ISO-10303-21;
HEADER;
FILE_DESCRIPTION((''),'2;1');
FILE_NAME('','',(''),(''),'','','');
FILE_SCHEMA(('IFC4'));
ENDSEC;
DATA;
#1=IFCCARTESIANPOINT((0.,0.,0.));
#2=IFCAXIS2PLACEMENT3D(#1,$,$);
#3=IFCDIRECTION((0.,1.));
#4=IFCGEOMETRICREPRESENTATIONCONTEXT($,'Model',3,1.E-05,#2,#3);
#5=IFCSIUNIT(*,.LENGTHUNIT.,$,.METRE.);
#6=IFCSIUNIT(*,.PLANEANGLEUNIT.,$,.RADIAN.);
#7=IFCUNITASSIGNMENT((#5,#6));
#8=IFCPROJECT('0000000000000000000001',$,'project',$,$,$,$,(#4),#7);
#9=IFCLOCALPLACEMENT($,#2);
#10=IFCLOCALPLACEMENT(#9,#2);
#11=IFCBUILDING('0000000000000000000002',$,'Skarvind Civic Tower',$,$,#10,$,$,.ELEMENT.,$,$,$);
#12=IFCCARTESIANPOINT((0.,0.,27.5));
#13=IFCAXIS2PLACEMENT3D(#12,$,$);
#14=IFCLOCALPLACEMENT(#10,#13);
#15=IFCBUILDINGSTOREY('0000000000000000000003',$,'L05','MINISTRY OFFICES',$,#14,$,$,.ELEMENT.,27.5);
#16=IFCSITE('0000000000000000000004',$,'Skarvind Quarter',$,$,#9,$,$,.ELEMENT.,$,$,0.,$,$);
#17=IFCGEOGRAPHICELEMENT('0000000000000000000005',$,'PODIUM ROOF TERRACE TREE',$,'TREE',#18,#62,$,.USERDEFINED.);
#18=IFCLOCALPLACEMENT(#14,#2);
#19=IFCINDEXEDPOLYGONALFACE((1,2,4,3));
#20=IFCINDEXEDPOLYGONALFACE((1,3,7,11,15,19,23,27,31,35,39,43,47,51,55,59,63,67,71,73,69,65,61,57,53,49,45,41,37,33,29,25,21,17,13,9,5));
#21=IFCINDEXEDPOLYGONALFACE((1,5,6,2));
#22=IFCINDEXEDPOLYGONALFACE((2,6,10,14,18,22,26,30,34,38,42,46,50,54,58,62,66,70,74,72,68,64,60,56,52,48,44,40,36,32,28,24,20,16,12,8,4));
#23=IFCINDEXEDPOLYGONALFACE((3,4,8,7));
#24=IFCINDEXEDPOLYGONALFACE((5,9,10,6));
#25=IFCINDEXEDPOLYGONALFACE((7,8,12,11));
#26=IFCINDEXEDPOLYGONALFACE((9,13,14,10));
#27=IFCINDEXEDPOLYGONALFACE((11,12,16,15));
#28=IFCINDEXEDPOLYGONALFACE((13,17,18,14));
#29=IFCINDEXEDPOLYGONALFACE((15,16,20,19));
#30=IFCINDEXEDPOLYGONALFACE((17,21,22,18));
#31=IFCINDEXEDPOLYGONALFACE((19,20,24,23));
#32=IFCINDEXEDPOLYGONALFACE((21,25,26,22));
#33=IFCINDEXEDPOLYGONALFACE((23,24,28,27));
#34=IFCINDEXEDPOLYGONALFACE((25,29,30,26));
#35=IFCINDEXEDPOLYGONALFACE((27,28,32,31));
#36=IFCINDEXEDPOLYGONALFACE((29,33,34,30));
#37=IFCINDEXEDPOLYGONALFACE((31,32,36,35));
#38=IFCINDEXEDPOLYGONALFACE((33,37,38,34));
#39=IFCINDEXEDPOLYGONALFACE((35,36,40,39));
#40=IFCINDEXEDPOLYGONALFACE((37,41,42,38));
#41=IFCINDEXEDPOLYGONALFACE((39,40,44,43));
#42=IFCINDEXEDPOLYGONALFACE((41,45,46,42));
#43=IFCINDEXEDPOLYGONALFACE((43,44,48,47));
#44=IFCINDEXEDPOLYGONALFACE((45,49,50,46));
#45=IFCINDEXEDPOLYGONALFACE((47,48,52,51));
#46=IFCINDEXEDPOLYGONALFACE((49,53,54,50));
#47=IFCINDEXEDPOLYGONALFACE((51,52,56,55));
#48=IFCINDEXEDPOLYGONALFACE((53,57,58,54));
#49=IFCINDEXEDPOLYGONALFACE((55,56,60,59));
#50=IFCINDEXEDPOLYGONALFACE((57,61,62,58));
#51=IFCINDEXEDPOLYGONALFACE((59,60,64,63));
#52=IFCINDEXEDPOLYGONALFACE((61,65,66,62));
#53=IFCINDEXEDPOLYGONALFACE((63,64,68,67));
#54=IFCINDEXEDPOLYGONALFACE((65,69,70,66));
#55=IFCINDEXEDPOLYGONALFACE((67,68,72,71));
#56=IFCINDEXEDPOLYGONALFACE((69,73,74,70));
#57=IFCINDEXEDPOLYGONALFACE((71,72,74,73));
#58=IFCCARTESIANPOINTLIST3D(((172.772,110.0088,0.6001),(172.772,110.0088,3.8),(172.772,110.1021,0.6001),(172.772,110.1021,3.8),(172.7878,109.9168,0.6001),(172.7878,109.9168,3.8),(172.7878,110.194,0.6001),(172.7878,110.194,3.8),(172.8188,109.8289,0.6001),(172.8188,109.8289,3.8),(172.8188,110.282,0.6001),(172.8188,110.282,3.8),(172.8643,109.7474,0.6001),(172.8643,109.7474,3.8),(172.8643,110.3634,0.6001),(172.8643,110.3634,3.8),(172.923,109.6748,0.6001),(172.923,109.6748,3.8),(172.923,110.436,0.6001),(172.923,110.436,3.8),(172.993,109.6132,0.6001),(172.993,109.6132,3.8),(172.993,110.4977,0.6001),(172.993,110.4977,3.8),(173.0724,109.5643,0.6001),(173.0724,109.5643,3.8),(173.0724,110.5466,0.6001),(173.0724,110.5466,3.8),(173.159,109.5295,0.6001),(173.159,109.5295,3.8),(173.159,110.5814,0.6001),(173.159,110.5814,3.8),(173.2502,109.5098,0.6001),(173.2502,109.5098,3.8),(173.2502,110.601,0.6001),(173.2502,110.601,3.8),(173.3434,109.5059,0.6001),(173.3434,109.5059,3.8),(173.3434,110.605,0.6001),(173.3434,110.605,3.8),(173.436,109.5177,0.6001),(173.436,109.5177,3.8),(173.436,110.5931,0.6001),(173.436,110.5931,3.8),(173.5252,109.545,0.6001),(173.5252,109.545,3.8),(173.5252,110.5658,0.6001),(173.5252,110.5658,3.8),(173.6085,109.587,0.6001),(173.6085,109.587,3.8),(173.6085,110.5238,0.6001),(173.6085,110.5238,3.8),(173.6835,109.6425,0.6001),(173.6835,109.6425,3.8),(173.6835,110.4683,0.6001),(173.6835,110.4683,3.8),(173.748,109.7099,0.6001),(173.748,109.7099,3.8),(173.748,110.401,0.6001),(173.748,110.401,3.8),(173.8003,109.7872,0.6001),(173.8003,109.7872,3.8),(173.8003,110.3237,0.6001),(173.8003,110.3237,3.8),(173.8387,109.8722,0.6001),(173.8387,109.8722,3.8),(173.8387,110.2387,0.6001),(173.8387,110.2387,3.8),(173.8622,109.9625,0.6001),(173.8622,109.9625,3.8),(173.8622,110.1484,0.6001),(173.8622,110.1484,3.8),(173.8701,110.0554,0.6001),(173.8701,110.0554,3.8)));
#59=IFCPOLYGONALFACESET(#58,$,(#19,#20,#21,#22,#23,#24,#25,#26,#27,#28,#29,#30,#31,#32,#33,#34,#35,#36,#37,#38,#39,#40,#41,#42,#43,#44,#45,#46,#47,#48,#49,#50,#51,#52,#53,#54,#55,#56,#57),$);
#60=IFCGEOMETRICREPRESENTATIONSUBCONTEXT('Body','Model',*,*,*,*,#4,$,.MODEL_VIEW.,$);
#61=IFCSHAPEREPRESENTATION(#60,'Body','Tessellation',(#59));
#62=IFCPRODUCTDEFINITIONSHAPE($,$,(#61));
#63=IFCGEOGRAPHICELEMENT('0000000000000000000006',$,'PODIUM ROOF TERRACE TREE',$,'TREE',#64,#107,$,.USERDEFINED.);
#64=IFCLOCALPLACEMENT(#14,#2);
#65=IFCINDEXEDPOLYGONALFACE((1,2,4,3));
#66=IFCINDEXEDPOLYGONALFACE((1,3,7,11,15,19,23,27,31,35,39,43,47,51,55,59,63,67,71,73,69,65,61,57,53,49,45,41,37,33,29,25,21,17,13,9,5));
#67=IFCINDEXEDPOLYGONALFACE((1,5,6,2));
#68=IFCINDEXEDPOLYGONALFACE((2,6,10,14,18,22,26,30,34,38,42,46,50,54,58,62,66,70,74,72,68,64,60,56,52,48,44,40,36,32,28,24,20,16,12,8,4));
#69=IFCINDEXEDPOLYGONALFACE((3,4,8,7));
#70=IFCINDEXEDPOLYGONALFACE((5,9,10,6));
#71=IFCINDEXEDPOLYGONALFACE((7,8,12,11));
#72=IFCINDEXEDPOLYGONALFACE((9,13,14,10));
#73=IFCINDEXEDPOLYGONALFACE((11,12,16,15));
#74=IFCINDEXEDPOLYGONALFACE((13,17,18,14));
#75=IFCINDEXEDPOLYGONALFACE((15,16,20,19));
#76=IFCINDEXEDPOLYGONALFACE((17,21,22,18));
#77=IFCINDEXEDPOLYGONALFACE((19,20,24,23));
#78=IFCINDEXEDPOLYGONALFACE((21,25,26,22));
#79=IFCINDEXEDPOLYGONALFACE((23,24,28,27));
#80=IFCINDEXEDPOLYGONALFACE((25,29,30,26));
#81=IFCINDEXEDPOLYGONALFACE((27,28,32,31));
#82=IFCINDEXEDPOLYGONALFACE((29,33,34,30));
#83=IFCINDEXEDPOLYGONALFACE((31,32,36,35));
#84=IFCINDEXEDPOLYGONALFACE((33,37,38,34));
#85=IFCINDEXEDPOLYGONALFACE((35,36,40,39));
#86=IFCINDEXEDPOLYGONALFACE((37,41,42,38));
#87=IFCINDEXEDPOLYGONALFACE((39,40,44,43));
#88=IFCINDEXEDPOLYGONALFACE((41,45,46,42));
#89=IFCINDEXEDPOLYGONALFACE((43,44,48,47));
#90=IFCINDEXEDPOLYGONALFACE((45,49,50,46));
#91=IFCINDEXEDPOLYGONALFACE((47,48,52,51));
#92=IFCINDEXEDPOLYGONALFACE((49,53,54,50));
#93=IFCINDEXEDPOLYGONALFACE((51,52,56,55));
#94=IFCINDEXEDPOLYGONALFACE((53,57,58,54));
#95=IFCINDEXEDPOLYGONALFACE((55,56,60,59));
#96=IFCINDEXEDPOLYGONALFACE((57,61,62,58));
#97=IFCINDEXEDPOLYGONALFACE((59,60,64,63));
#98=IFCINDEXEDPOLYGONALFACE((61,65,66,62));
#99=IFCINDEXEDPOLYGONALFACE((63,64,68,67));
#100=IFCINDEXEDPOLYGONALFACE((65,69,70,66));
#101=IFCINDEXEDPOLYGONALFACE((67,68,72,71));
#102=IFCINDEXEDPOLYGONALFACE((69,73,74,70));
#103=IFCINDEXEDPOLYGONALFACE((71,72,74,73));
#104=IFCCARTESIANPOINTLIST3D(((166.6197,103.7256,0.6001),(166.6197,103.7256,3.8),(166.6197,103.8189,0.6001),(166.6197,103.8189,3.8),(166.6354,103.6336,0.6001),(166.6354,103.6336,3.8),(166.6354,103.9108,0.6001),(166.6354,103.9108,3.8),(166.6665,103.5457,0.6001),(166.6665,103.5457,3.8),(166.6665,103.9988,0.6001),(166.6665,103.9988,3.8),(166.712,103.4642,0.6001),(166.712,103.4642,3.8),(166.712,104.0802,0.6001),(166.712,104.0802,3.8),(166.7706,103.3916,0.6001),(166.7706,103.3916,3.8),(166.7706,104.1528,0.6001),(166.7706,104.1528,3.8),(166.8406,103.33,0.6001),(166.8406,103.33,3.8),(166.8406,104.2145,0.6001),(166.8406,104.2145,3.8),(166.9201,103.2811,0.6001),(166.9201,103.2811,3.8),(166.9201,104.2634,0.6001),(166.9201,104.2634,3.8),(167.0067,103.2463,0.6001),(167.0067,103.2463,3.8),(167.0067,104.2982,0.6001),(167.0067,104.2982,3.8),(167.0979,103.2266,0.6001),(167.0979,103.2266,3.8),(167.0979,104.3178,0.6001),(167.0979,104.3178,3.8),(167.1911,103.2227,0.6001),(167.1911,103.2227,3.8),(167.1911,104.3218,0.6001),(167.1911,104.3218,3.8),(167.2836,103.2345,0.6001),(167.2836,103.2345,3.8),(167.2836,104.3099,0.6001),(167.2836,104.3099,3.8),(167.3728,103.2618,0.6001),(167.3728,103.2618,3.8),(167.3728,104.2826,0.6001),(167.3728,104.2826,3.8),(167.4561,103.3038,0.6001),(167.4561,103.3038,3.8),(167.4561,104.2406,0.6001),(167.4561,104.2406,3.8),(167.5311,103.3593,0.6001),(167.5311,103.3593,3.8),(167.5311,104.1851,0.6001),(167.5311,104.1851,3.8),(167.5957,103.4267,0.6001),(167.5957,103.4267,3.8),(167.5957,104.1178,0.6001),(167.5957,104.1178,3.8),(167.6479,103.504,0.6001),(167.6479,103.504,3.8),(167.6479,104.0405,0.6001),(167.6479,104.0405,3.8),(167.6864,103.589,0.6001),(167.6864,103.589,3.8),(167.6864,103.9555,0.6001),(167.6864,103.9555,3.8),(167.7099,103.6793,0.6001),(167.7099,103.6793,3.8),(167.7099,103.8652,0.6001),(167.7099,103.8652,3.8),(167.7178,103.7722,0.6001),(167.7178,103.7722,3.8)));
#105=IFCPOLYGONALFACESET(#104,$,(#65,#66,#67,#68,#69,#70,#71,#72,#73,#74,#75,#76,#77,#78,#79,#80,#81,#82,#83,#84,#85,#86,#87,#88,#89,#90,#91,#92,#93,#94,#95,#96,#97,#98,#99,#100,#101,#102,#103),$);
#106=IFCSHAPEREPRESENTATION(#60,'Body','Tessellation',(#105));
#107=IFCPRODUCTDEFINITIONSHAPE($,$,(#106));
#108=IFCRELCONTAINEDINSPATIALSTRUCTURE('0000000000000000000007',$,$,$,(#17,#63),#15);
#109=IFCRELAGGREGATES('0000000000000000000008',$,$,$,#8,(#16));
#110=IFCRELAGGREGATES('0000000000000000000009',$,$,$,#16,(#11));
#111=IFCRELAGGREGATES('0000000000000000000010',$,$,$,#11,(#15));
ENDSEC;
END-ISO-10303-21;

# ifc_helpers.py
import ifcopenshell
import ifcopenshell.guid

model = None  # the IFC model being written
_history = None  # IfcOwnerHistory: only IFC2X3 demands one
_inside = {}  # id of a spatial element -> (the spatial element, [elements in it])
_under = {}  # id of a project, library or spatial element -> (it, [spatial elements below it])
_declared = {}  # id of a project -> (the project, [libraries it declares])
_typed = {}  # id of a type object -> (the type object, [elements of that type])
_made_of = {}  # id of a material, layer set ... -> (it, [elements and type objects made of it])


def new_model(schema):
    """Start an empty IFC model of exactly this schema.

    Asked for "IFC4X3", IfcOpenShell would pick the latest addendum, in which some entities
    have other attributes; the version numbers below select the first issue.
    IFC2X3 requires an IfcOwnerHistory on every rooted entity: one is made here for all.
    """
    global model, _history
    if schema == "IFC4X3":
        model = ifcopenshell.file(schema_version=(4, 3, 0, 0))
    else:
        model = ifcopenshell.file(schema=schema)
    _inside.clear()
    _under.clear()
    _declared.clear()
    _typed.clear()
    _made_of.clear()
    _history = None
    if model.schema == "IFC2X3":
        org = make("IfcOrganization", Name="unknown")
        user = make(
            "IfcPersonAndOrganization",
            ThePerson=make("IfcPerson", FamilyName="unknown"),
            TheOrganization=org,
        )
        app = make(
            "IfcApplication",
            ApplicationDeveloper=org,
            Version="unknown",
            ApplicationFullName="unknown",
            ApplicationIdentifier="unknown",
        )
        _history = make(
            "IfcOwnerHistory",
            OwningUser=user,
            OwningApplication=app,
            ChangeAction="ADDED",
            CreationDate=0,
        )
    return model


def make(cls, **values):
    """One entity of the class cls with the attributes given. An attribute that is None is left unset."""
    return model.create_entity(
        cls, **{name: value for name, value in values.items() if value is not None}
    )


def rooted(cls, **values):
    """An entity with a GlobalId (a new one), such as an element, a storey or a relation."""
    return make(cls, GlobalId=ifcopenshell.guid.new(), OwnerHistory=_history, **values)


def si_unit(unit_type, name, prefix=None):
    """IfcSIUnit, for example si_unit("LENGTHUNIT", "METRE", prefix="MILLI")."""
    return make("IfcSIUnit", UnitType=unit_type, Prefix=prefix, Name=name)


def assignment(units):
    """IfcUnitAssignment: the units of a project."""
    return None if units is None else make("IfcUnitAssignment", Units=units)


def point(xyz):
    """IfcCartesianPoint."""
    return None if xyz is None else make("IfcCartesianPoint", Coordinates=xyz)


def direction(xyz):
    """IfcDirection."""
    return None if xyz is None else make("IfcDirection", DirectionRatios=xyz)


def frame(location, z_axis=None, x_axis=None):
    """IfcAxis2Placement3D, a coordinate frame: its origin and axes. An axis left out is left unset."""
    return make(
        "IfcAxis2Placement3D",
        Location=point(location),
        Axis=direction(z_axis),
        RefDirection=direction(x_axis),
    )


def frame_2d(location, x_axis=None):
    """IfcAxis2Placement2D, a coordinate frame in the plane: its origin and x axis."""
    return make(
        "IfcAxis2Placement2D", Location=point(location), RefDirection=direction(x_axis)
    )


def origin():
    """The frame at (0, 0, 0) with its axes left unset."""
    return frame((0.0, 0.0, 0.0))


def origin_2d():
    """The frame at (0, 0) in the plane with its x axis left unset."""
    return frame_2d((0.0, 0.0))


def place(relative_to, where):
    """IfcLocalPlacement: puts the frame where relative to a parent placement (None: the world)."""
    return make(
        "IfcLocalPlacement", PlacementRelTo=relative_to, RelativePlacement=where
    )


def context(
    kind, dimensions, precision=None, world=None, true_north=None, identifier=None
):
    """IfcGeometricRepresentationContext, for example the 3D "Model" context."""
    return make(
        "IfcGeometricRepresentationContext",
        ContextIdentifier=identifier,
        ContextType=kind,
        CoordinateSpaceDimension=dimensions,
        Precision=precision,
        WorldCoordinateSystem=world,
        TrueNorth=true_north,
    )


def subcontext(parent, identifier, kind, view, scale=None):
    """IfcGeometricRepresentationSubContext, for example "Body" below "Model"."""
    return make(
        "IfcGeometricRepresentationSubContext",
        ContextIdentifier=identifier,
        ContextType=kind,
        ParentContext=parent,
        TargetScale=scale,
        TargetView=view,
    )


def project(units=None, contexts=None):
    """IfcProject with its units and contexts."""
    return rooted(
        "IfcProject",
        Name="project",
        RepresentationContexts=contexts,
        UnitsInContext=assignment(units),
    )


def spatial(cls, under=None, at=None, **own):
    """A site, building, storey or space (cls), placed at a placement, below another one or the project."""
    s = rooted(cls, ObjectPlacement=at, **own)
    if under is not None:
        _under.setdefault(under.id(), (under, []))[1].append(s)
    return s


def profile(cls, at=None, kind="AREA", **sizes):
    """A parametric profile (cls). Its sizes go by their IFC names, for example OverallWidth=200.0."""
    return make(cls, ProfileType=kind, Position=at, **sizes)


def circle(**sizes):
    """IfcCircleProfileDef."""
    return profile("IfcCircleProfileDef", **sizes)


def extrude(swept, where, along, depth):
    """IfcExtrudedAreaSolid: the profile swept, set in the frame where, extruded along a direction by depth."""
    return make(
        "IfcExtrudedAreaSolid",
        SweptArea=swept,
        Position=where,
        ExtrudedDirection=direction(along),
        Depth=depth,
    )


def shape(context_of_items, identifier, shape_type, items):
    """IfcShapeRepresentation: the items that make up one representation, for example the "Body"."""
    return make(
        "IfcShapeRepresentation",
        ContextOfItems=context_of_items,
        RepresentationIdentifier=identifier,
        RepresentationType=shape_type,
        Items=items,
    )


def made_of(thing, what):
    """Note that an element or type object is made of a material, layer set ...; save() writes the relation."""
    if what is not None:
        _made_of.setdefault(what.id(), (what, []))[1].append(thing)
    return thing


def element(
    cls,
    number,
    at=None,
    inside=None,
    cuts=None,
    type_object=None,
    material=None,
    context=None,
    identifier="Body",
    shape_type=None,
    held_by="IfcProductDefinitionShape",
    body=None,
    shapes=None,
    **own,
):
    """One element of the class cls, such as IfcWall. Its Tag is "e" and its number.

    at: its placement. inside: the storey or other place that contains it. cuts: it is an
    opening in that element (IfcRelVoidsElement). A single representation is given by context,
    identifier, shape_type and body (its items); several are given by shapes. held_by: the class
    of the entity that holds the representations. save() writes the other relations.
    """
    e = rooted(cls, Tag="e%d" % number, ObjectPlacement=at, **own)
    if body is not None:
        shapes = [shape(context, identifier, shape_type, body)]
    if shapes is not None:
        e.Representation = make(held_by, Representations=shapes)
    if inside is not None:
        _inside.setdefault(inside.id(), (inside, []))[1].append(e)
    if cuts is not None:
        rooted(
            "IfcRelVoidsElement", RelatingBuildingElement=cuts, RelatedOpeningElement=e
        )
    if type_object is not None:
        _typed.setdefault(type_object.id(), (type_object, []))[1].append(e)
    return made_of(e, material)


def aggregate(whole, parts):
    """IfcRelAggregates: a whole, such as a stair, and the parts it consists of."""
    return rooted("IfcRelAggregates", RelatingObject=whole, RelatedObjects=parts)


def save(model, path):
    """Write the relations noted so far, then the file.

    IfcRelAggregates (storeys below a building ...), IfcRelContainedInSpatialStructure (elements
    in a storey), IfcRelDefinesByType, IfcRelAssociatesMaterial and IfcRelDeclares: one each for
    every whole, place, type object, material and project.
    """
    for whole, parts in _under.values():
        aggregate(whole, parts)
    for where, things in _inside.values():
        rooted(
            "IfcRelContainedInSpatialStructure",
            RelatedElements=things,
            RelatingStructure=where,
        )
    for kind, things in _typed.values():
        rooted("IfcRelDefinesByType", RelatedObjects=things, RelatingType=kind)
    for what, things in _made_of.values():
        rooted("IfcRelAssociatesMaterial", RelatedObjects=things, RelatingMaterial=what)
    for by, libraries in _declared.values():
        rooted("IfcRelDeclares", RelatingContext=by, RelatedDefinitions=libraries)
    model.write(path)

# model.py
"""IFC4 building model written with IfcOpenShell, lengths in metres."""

from ifc_helpers import new_model, si_unit, direction, frame, origin, origin_2d, place, context, subcontext, project, spatial, circle, extrude, element, save


model = new_model("IFC4")

# Units and contexts
model_context = context("Model", 3, precision=1e-05, world=origin(), true_north=direction((0.0, 1.0)))
body_context = subcontext(model_context, "Body", "Model", "MODEL_VIEW")
ifc_project = project(units=[si_unit("LENGTHUNIT", "METRE"), si_unit("PLANEANGLEUNIT", "RADIAN")], contexts=[model_context])

# Site, building, storey
site_placement = place(None, origin())
site = spatial("IfcSite", under=ifc_project, at=site_placement, Name="Skarvind Quarter", CompositionType="ELEMENT", RefElevation=0.0)
building_placement = place(site_placement, origin())
building = spatial("IfcBuilding", under=site, at=building_placement, Name="Skarvind Civic Tower", CompositionType="ELEMENT")
storey_placement = place(building_placement, frame((0.0, 0.0, 27.5)))
storey = spatial("IfcBuildingStorey", under=building, at=storey_placement, Name="L05", Description="MINISTRY OFFICES", CompositionType="ELEMENT", Elevation=27.5)

# Geographic elements
for number, where, z_axis, x_axis, name in (
    (1, (173.3201, 110.0554, 0.6001), (0.0, 0.0, 1.0), (1.0, 0.0, 0.0), "PODIUM ROOF TERRACE TREE"),
    (2, (167.1677, 103.7722, 0.6001), (0.0, 0.0, 1.0), (1.0, 0.0, 0.0), "PODIUM ROOF TERRACE TREE"),
):
    element("IfcGeographicElement", number, at=place(storey_placement, frame(where, z_axis=z_axis, x_axis=x_axis)), inside=storey, Name=name, ObjectType="TREE", PredefinedType="USERDEFINED", context=body_context, shape_type="SweptSolid", body=[
        extrude(circle(Radius=0.55, at=origin_2d()), origin(), (0.0, 0.0, 1.0), 3.2),
    ])

save(model, "model.ifc")
